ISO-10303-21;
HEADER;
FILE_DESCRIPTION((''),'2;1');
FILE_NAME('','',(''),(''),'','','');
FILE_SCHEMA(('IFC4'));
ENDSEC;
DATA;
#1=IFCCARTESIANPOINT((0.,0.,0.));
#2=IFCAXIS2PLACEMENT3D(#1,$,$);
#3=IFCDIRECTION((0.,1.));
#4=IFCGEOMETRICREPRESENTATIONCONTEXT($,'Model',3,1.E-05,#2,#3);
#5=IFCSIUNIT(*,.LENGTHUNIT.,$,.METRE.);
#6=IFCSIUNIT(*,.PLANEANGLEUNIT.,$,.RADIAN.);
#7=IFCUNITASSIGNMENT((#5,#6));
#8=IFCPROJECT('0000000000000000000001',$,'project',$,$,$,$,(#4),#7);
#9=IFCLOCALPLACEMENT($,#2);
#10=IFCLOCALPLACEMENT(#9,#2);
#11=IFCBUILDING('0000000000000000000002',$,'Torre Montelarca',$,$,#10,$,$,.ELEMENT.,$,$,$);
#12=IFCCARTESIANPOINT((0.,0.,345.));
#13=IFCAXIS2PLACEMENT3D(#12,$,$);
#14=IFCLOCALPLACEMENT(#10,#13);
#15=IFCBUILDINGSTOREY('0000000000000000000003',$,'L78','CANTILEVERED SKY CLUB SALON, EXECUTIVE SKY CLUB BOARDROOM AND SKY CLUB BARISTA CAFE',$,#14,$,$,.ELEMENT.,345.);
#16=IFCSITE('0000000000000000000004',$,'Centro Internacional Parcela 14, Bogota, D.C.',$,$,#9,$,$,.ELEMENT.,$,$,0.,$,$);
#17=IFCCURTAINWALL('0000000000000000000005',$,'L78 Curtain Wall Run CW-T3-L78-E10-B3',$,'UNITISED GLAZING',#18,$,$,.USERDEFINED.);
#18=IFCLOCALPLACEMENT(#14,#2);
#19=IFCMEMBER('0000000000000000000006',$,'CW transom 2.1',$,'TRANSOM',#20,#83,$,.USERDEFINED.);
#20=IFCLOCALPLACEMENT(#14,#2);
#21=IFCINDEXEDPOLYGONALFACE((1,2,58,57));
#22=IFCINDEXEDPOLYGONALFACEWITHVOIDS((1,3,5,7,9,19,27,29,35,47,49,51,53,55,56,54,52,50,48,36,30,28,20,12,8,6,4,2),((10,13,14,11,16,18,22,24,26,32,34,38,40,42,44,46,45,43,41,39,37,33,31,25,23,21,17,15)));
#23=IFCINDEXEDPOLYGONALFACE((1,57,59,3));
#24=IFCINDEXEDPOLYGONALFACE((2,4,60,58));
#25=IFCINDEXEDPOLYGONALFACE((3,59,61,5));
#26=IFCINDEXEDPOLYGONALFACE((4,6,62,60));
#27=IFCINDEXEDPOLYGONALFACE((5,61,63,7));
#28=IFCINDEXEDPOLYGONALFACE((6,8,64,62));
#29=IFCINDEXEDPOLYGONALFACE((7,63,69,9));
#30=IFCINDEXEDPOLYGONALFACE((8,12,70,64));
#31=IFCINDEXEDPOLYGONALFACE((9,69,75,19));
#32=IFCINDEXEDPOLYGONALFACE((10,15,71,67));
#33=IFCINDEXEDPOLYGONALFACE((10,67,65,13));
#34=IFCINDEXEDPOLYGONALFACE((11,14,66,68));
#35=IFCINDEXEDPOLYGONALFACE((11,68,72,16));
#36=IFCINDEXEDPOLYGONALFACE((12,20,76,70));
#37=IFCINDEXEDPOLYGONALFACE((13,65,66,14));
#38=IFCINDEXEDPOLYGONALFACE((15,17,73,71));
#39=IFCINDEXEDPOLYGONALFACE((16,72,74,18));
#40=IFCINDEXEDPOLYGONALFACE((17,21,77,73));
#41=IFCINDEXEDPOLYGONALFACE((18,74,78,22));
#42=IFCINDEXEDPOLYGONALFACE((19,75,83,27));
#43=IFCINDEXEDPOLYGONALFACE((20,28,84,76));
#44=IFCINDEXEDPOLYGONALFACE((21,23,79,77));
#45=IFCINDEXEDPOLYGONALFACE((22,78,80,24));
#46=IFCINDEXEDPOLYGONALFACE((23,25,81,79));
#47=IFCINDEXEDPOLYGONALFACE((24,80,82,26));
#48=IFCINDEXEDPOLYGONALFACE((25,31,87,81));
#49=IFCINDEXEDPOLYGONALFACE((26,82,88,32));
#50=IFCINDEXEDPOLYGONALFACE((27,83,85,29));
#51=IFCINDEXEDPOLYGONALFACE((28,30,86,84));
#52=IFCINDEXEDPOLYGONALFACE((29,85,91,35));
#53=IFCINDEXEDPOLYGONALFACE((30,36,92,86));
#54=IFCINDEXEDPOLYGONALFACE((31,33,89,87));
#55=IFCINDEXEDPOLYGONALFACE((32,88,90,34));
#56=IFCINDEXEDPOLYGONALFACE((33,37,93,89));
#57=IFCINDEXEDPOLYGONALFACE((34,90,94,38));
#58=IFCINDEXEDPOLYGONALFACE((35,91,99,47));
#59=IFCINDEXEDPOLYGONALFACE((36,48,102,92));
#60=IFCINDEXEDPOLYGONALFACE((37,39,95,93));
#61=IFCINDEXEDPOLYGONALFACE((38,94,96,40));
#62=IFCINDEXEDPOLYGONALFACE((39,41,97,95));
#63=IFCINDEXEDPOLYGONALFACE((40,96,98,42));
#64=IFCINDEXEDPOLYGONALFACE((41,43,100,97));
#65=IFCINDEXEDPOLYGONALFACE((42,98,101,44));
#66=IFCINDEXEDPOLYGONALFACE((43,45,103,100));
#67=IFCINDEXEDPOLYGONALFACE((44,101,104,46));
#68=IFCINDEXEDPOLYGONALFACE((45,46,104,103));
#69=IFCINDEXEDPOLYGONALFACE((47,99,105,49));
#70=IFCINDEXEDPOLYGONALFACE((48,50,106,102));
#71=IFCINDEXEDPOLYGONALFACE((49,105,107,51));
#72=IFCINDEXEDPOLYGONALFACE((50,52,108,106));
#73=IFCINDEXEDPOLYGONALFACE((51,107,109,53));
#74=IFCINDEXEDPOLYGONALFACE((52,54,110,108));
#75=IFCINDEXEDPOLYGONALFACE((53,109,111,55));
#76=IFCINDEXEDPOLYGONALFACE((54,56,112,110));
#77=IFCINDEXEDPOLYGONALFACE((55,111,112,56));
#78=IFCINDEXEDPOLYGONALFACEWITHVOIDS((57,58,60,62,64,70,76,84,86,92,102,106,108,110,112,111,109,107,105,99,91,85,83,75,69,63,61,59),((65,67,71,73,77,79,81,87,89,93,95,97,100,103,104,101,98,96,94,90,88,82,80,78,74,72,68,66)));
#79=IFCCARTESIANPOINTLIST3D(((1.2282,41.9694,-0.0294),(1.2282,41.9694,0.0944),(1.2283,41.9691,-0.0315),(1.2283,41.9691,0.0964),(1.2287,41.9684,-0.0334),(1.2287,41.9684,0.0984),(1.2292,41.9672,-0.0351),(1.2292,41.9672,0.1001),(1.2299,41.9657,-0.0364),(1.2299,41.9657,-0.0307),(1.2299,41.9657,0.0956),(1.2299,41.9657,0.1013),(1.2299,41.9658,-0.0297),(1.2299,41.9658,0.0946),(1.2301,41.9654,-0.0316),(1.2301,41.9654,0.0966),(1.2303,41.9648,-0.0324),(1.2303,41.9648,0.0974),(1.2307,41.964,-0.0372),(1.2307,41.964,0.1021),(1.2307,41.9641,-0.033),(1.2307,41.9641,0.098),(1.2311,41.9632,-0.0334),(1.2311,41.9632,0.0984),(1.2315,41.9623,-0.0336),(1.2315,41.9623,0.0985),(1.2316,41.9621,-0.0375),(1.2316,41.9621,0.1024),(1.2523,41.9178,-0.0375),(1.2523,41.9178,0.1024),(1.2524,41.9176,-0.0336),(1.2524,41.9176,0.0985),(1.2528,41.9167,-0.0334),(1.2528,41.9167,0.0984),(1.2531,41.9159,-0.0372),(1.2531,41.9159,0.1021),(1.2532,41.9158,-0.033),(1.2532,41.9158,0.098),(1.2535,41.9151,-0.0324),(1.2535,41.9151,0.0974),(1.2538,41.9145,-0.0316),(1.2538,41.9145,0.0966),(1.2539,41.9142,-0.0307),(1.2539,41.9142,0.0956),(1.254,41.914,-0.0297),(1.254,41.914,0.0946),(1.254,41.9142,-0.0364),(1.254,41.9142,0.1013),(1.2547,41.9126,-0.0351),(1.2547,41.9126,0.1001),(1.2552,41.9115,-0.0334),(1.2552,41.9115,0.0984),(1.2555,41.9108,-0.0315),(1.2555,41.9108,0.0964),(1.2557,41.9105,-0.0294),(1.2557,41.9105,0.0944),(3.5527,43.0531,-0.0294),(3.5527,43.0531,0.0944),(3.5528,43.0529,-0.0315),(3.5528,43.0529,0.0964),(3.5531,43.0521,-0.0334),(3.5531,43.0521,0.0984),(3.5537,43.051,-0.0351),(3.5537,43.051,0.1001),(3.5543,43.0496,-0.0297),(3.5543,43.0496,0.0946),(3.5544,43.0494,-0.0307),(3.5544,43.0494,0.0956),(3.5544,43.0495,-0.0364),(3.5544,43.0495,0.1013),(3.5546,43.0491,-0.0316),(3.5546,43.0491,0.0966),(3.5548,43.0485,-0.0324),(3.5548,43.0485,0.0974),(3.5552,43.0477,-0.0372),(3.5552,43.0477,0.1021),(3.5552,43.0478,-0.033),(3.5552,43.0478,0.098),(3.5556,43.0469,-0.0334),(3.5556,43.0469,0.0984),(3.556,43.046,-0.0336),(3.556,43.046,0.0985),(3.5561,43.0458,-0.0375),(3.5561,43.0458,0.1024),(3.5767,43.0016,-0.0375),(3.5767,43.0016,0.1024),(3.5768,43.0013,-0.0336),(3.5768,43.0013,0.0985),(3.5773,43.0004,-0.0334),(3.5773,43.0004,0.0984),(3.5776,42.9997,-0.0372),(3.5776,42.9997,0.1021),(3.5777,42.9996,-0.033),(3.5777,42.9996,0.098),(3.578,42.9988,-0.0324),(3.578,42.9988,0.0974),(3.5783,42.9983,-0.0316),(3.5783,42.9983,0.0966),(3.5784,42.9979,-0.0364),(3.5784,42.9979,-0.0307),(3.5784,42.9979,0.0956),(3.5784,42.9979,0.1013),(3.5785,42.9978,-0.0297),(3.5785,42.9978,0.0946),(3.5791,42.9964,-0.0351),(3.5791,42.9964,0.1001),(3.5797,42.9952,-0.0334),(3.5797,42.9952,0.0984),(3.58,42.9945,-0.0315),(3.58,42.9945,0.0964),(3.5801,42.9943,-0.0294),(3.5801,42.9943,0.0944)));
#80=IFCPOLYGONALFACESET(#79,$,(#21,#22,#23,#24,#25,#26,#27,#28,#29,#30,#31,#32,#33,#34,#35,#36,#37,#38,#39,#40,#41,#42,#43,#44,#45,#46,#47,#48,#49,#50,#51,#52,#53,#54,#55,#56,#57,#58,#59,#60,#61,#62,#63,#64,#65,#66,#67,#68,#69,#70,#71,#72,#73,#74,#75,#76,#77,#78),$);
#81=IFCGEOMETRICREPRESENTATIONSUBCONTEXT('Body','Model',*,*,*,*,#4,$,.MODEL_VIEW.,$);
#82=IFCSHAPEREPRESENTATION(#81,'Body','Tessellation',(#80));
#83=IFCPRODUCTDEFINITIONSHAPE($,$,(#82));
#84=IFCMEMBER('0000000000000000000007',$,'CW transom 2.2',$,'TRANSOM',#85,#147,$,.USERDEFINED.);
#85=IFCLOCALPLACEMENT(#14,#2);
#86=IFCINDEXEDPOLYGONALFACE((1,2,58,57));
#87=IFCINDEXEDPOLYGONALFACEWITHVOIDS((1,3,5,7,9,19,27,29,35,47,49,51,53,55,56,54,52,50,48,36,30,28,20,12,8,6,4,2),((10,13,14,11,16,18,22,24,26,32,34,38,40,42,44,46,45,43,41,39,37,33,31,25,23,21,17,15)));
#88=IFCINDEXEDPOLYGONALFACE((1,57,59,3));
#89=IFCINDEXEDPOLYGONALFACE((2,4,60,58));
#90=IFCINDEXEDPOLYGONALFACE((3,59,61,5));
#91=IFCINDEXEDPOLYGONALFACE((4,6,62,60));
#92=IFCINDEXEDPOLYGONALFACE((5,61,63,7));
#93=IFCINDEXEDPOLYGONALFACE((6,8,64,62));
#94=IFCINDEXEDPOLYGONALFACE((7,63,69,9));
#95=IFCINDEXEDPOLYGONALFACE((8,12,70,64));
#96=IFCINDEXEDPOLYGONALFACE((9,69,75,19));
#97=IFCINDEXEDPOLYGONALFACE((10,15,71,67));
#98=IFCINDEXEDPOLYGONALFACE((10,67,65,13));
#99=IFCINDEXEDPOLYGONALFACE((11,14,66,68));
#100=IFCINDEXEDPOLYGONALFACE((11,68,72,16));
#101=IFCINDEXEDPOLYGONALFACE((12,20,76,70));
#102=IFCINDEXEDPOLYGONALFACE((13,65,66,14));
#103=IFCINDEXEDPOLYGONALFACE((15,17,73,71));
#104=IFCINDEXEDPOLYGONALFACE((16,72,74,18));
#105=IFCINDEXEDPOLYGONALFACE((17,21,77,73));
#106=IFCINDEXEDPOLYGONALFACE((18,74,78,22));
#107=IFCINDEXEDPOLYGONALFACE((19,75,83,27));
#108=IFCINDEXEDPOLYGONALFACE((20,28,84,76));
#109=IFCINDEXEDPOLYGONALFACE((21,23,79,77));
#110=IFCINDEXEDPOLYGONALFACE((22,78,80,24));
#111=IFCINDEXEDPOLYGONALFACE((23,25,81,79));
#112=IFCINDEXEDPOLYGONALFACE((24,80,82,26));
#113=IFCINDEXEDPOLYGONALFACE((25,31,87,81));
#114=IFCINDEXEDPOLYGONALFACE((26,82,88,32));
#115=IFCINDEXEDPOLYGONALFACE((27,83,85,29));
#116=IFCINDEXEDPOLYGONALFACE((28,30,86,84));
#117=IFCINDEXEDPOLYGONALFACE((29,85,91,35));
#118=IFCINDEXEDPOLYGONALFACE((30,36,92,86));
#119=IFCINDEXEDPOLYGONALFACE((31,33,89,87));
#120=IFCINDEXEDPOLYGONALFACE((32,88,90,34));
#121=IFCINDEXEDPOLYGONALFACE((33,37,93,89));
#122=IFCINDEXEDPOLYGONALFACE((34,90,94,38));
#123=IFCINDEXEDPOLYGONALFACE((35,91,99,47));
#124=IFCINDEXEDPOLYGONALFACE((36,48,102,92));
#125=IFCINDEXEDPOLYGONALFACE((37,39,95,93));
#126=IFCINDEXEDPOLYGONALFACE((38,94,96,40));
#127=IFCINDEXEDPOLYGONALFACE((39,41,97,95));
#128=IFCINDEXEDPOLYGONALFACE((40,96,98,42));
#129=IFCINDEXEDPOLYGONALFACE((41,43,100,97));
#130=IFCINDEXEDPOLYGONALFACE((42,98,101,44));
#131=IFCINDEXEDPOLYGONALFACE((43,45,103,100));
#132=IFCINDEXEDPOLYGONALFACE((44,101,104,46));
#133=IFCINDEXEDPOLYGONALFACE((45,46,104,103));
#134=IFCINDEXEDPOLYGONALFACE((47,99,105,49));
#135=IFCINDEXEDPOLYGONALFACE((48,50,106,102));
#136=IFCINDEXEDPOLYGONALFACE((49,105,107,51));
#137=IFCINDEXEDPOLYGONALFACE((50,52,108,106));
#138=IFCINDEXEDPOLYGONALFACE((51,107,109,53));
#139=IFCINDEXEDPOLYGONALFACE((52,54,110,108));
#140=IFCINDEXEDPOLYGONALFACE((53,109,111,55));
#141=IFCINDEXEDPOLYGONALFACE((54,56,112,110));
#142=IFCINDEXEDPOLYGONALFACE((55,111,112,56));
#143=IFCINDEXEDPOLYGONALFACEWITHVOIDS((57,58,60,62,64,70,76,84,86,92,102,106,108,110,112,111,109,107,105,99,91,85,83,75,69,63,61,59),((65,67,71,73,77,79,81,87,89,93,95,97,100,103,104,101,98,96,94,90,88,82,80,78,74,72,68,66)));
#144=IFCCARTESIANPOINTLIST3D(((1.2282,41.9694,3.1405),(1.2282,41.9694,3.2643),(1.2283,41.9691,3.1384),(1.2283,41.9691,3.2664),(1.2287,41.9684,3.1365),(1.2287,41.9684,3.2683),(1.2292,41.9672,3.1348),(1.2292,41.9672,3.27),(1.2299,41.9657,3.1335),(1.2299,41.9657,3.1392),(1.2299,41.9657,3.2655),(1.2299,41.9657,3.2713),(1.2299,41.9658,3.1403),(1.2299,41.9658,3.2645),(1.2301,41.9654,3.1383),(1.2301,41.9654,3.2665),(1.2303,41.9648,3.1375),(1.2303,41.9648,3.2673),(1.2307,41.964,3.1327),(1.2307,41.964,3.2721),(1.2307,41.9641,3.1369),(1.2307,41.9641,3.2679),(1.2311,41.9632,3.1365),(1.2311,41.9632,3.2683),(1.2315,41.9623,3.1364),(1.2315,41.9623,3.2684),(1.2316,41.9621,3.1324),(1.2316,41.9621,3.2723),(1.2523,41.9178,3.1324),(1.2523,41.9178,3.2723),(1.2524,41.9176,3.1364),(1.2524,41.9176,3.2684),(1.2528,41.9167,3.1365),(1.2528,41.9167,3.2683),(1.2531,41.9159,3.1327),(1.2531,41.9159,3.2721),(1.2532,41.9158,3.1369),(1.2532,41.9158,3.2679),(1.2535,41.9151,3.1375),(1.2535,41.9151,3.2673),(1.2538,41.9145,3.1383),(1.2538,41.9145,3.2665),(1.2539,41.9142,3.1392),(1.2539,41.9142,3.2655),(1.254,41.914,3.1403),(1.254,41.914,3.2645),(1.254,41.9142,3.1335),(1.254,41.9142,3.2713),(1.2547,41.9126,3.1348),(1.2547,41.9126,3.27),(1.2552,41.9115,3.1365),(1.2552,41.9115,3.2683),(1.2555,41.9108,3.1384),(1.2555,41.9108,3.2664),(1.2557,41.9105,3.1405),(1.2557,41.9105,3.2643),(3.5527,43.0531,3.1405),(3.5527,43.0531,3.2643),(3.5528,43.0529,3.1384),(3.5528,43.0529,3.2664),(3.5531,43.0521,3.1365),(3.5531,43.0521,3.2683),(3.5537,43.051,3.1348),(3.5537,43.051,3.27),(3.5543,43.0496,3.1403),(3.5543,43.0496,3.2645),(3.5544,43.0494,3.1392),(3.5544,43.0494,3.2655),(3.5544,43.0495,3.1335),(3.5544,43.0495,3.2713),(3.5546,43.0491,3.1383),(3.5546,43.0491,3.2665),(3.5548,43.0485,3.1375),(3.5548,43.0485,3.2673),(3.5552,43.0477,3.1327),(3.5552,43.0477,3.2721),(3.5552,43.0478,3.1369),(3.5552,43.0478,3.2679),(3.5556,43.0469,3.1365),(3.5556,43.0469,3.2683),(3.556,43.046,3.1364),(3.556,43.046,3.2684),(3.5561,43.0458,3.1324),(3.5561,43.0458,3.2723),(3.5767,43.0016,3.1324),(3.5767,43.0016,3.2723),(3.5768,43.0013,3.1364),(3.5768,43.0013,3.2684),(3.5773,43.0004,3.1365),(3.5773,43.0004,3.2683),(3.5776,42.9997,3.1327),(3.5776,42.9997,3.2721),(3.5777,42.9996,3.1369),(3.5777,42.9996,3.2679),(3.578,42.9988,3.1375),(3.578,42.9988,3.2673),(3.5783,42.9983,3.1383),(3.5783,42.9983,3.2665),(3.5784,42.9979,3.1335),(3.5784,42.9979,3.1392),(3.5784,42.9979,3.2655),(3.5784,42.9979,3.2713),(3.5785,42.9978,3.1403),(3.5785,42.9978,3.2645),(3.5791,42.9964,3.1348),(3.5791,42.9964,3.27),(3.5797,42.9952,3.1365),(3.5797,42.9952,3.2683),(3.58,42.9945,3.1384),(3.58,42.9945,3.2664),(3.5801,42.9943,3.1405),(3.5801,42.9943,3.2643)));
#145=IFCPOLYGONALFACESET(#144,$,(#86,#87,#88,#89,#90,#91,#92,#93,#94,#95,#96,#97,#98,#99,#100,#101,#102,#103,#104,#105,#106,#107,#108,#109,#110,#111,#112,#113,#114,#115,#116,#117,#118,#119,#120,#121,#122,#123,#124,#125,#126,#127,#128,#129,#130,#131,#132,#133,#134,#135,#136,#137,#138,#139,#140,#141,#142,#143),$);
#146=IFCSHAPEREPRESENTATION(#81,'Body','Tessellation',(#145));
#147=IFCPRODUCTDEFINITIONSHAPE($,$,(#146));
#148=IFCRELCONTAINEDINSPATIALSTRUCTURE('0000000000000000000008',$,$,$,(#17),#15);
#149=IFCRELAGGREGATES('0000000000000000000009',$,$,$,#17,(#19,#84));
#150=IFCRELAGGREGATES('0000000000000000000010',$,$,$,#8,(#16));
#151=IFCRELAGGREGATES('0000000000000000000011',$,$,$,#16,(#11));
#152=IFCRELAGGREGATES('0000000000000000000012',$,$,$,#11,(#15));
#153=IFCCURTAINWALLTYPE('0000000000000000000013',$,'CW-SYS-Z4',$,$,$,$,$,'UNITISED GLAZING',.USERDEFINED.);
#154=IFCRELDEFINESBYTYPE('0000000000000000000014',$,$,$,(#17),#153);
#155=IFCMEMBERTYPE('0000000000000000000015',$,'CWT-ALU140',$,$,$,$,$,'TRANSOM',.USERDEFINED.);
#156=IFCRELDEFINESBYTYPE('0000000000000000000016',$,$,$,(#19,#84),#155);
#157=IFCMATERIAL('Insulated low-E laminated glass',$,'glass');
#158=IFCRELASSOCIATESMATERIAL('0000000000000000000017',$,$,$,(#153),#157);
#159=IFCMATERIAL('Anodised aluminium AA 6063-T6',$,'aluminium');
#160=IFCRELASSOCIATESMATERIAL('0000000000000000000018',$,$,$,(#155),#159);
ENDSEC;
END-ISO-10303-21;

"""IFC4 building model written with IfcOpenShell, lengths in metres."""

from ifc_helpers import new_model, si_unit, direction, frame, origin, origin_2d, place, context, subcontext, project, spatial, hollow_rectangle, extrude, source, transform, mapped, material, material_profile, profile_set, type_object, element, aggregate, save


model = new_model("IFC4")

# Units and contexts
model_context = context("Model", 3, precision=1e-05, world=origin(), true_north=direction((0.0, 1.0)))
body_context = subcontext(model_context, "Body", "Model", "MODEL_VIEW")
ifc_project = project(units=[si_unit("LENGTHUNIT", "METRE"), si_unit("PLANEANGLEUNIT", "RADIAN")], contexts=[model_context])

# Site, building, storey
site_placement = place(None, origin())
site = spatial("IfcSite", under=ifc_project, at=site_placement, Name="Centro Internacional Parcela 14, Bogota, D.C.", CompositionType="ELEMENT", RefElevation=0.0)
building_placement = place(site_placement, origin())
building = spatial("IfcBuilding", under=site, at=building_placement, Name="Torre Montelarca", CompositionType="ELEMENT")
storey_placement = place(building_placement, frame((0.0, 0.0, 345.0)))
storey = spatial("IfcBuildingStorey", under=building, at=storey_placement, Name="L78", Description="CANTILEVERED SKY CLUB SALON, EXECUTIVE SKY CLUB BOARDROOM AND SKY CLUB BARISTA CAFE", CompositionType="ELEMENT", Elevation=345.0)

# Curtain wall, members
ifc_material_1 = material(Name="Insulated low-E laminated glass", Category="glass")
curtain_wall_type = type_object("IfcCurtainWallType", Name="CW-SYS-Z4", ElementType="UNITISED GLAZING", PredefinedType="USERDEFINED", material=ifc_material_1)
ifc_material_2 = material(Name="Anodised aluminium AA 6063-T6", Category="aluminium")
ifc_material_profile_1 = material_profile(ifc_material_2, hollow_rectangle(XDim=0.0649, YDim=0.1399, WallThickness=0.0039, InnerFilletRadius=0.0039, OuterFilletRadius=0.0081, at=origin_2d()), Name="ALU65X140X4", Category="aluminium")
ifc_profile_set_1 = profile_set([ifc_material_profile_1], Name="Anodised aluminium AA 6063-T6")
member_type_1 = type_object("IfcMemberType", Name="CWT-ALU140", ElementType="TRANSOM", PredefinedType="USERDEFINED", material=ifc_profile_set_1)
curtain_wall_1_placement = place(storey_placement, origin())
curtain_wall_1 = element("IfcCurtainWall", 1, at=curtain_wall_1_placement, inside=storey, type_object=curtain_wall_type, Name="L78 Curtain Wall Run CW-T3-L78-E10-B3", ObjectType="UNITISED GLAZING", PredefinedType="USERDEFINED")
shared_shape_1 = source(origin(), body_context, "Body", "SweptSolid", [
    extrude(hollow_rectangle(XDim=0.0649, YDim=0.1399, WallThickness=0.0039, InnerFilletRadius=0.0039, OuterFilletRadius=0.0081, at=origin_2d()), origin(), (0.0, 0.0, 1.0), 2.5647),
])
member_1_placement = place(storey_placement, frame((3.5664, 43.0237, 0.0325), z_axis=(-0.906334, -0.422562, 0.0), x_axis=(0.422562, -0.906334, 0.0)))
member_1 = element("IfcMember", 2, at=member_1_placement, type_object=member_type_1, Name="CW transom 2.1", ObjectType="TRANSOM", PredefinedType="USERDEFINED", context=body_context, shape_type="MappedRepresentation", body=[
    mapped(shared_shape_1, transform((0.0, 0.0, 0.0), scale=1.0)),
])
member_2_placement = place(storey_placement, frame((3.5664, 43.0237, 3.2024), z_axis=(-0.906334, -0.422562, 0.0), x_axis=(0.422562, -0.906334, 0.0)))
member_2 = element("IfcMember", 3, at=member_2_placement, type_object=member_type_1, Name="CW transom 2.2", ObjectType="TRANSOM", PredefinedType="USERDEFINED", context=body_context, shape_type="MappedRepresentation", body=[
    mapped(shared_shape_1, transform((0.0, 0.0, 0.0), scale=1.0)),
])

aggregate(curtain_wall_1, [member_1, member_2])

save(model, "model.ifc")
